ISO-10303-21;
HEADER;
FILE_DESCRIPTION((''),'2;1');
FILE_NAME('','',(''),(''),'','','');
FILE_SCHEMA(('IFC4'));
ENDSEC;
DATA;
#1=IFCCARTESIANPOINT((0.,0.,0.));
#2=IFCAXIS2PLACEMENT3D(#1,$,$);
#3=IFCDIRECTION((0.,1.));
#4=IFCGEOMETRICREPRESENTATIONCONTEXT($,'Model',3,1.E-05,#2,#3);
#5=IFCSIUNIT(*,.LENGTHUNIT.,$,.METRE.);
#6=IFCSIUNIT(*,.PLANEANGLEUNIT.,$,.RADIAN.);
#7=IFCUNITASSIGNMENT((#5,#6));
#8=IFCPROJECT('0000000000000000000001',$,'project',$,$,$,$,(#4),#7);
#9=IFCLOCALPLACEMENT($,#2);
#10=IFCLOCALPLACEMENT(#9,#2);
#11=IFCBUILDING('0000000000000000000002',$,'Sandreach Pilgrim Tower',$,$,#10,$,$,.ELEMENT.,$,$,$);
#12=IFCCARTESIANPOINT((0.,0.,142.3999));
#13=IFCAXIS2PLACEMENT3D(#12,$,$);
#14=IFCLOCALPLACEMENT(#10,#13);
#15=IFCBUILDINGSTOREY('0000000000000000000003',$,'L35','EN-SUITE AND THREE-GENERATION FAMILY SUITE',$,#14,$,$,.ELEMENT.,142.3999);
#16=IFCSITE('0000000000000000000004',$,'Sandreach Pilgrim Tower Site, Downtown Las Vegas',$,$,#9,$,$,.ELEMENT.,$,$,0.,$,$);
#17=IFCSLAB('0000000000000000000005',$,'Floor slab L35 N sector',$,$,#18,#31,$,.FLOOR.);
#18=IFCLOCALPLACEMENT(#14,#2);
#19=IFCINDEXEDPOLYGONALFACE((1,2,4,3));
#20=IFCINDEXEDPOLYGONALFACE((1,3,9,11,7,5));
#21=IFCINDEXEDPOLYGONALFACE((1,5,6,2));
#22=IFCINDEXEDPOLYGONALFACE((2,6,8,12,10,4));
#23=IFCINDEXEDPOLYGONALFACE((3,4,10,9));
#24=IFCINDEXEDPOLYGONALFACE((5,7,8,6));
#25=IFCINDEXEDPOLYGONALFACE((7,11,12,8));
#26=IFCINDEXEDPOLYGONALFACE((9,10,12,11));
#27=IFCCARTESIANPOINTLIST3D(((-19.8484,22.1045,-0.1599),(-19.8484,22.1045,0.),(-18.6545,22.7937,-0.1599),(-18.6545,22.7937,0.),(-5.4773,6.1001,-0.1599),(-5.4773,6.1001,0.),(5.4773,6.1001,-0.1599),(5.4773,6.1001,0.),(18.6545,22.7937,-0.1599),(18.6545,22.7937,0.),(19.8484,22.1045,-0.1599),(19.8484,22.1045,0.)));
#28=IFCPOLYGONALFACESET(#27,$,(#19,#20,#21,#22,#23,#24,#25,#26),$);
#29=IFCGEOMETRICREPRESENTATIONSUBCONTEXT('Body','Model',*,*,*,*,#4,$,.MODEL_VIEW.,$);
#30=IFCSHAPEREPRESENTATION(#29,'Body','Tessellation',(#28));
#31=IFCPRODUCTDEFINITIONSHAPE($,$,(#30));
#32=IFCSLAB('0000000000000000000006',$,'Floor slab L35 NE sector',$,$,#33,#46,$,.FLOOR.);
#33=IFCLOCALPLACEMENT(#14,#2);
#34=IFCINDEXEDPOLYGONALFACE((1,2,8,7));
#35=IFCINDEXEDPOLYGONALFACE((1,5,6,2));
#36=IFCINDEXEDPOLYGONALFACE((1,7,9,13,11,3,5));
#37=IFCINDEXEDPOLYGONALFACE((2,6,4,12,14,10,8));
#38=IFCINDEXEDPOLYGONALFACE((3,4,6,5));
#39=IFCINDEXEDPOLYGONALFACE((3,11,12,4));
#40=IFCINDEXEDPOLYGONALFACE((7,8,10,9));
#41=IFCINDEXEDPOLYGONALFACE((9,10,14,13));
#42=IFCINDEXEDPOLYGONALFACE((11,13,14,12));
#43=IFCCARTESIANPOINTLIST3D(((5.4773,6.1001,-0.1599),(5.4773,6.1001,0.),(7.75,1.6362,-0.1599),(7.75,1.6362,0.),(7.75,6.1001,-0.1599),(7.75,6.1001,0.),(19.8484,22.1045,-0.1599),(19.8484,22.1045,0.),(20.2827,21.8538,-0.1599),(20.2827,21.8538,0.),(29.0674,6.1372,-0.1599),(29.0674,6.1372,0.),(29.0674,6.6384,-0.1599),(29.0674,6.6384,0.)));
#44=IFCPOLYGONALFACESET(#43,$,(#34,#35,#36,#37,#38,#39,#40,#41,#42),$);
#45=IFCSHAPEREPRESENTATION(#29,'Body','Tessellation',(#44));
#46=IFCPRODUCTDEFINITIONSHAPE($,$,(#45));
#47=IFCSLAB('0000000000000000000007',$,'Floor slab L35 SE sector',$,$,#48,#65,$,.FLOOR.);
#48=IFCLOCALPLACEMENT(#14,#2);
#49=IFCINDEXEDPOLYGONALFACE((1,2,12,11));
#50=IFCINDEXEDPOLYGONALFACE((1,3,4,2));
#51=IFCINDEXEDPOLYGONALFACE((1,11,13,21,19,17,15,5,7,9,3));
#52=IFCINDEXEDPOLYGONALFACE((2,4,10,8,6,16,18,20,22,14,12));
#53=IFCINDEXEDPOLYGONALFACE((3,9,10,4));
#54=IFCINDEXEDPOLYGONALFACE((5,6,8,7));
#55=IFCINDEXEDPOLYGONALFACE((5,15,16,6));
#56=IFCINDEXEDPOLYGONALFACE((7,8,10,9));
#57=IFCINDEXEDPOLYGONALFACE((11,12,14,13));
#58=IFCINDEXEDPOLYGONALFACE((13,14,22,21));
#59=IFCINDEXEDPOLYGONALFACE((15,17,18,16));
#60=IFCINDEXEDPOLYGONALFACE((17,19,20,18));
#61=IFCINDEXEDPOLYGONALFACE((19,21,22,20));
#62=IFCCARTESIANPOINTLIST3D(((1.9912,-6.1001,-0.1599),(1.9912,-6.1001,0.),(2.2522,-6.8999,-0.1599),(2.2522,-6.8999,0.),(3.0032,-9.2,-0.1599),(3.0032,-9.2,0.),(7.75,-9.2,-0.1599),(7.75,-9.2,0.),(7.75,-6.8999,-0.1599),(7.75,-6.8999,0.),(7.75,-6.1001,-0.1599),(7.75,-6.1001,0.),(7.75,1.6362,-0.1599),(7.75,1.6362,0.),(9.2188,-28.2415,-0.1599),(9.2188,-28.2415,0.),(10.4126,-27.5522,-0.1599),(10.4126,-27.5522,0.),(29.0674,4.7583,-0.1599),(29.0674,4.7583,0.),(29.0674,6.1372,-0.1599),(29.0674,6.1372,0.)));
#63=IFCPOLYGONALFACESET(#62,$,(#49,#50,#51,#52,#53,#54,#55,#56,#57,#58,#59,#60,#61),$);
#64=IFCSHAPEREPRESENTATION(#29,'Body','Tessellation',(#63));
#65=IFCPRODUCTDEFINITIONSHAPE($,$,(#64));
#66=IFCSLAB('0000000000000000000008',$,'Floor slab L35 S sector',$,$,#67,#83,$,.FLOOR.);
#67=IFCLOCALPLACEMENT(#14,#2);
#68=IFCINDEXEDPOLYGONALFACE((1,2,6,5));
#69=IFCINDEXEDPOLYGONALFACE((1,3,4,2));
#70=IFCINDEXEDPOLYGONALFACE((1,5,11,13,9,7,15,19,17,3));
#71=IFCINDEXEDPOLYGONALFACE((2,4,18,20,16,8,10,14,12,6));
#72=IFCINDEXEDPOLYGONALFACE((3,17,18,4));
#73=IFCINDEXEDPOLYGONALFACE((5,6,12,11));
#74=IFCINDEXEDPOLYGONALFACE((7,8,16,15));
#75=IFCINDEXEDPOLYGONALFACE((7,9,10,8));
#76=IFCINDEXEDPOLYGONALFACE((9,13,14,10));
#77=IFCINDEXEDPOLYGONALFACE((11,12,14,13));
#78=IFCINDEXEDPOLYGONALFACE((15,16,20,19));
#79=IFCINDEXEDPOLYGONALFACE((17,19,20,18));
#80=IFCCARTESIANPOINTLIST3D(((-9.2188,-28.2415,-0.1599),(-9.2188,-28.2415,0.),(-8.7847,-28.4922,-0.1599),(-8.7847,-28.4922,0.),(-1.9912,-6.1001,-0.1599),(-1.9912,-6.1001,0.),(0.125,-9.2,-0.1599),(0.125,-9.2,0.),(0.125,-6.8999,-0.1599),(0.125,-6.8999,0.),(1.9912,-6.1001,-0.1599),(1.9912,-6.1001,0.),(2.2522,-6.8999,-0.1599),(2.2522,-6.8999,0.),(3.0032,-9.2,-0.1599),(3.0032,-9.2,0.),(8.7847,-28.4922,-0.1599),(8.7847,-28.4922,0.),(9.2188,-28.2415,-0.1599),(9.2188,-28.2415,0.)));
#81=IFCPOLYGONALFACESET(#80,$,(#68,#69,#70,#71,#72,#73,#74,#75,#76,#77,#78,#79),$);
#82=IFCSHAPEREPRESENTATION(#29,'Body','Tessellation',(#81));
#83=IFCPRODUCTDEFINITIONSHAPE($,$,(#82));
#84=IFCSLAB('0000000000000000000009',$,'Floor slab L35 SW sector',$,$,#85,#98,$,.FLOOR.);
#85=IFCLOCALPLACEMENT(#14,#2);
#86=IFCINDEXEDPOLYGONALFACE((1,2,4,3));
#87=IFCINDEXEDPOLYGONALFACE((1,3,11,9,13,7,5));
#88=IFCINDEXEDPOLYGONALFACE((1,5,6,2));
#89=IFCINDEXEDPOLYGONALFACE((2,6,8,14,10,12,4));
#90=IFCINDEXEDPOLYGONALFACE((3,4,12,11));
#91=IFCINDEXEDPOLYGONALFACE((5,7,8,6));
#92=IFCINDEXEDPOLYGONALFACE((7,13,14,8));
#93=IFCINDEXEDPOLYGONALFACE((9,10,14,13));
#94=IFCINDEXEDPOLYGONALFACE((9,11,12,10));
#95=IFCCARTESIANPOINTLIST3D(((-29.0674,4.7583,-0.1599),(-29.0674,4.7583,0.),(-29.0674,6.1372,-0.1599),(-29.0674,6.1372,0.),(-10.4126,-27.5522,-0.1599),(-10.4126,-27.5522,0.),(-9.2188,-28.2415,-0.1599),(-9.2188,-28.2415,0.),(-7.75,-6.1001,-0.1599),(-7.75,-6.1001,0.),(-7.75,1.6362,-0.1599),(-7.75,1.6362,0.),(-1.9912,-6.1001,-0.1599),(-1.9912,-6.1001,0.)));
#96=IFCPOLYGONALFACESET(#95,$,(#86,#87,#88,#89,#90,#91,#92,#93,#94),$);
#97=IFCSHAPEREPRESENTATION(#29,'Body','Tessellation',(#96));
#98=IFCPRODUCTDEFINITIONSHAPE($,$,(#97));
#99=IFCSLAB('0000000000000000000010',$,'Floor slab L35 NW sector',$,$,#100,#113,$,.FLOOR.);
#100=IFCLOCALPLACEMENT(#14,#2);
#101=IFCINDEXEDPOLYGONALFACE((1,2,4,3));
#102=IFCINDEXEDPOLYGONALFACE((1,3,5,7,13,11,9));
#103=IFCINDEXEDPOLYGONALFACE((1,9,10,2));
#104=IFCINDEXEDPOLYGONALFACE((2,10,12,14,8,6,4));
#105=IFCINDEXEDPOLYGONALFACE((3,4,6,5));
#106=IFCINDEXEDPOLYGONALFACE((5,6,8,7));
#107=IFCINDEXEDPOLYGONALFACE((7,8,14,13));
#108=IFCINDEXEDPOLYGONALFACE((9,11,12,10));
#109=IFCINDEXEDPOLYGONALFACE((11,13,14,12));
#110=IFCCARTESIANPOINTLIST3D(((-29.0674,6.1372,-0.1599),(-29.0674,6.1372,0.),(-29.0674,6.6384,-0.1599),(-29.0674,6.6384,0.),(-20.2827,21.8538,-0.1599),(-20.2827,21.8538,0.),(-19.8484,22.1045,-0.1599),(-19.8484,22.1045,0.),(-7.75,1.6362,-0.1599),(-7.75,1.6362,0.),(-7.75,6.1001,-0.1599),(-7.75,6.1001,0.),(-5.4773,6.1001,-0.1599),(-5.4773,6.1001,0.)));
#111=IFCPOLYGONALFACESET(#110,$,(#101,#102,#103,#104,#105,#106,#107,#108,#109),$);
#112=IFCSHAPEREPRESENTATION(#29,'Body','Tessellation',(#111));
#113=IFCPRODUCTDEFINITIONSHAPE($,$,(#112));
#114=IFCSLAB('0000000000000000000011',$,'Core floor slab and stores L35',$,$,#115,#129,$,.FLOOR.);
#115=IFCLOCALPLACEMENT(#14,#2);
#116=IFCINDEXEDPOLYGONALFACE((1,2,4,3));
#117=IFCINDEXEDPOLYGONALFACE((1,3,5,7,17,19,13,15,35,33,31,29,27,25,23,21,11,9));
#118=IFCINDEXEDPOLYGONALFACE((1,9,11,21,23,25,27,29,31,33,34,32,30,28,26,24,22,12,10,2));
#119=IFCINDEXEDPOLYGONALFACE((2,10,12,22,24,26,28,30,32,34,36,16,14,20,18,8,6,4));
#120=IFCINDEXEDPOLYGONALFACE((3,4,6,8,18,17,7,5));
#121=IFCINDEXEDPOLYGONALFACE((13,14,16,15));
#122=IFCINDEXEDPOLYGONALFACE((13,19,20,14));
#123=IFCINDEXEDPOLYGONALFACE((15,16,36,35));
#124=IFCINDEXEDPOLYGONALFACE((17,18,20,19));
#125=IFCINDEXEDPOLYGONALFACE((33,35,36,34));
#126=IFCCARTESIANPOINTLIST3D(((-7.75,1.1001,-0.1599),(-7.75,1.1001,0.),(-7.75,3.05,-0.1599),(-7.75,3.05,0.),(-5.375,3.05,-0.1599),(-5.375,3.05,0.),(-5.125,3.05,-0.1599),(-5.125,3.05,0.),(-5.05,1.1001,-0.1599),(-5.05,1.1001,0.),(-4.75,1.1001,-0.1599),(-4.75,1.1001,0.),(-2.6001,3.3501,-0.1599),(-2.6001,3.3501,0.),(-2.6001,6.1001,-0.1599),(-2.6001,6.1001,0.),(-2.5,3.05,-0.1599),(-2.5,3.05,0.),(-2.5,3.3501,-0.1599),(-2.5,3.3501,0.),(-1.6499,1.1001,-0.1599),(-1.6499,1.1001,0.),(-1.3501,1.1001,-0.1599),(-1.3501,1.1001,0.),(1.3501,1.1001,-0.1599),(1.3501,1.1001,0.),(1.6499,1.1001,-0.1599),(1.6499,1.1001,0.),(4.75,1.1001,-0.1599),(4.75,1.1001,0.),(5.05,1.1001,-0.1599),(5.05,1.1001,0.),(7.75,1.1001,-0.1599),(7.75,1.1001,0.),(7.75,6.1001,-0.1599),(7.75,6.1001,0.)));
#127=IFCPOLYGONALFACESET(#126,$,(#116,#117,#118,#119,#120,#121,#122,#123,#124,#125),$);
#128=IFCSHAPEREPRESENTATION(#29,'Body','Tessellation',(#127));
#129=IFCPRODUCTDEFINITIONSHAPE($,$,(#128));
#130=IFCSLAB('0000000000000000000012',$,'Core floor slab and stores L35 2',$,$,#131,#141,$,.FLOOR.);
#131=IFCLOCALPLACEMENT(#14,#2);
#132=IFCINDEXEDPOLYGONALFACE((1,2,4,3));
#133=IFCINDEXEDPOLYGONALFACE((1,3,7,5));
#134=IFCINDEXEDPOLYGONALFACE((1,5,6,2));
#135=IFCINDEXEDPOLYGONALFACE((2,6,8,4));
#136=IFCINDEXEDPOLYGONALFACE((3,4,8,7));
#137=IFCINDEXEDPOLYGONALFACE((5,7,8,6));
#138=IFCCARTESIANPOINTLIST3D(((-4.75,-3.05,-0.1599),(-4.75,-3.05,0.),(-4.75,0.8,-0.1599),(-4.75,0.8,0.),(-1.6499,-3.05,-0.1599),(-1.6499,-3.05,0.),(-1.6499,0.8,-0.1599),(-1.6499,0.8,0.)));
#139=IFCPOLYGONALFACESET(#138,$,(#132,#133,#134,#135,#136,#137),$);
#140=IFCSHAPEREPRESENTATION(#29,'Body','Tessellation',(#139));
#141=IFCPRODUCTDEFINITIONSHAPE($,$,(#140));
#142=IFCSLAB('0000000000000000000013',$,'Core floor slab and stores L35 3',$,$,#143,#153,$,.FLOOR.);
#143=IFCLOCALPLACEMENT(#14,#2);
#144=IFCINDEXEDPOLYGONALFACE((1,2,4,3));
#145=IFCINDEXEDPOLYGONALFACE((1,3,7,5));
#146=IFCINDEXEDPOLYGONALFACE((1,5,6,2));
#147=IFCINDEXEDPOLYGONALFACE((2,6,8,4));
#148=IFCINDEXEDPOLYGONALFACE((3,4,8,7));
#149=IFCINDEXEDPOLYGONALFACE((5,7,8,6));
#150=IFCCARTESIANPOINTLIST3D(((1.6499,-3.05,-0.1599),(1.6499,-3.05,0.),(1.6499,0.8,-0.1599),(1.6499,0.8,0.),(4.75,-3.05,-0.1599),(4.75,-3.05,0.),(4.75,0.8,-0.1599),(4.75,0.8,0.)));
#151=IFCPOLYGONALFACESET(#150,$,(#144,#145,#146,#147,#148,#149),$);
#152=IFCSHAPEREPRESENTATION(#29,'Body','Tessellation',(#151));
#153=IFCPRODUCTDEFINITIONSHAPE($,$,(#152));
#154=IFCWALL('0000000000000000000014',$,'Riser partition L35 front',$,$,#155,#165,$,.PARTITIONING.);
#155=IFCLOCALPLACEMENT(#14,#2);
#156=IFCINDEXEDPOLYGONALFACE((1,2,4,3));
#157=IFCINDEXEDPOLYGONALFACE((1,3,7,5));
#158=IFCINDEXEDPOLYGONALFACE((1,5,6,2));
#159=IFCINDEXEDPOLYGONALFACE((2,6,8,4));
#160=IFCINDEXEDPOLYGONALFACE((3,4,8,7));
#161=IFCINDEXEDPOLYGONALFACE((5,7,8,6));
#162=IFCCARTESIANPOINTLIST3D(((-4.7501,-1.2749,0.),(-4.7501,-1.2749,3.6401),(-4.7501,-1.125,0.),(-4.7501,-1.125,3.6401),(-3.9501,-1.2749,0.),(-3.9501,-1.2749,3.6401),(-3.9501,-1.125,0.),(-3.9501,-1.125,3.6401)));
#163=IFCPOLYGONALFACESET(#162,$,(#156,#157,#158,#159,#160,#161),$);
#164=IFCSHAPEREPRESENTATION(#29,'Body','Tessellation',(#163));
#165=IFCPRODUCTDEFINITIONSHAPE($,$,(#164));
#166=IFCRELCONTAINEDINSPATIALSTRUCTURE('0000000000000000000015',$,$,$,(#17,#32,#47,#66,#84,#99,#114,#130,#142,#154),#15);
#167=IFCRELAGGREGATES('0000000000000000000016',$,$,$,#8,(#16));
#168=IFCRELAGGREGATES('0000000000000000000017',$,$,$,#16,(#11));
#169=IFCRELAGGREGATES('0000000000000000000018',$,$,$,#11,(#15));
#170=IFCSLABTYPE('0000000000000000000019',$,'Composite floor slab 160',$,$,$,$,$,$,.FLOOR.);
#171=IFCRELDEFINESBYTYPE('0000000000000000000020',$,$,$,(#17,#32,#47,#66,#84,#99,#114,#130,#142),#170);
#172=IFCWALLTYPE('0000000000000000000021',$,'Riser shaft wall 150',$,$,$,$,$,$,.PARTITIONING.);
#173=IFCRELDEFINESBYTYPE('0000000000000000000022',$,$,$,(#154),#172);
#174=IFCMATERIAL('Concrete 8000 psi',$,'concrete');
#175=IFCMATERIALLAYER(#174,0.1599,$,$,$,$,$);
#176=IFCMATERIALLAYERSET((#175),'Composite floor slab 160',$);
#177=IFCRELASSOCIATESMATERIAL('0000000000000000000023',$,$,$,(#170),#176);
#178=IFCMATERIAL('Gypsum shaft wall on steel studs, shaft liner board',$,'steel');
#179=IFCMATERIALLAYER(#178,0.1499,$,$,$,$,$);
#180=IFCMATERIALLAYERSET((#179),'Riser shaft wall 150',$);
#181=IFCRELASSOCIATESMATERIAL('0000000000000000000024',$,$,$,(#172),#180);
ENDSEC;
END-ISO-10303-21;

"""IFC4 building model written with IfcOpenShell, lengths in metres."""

from ifc_helpers import new_model, si_unit, direction, frame, frame_2d, origin, place, context, subcontext, project, spatial, polyline, rectangle, outline, extrude, material, layer, layer_set, type_object, element, save


model = new_model("IFC4")

# Units and contexts
model_context = context("Model", 3, precision=1e-05, world=origin(), true_north=direction((0.0, 1.0)))
body_context = subcontext(model_context, "Body", "Model", "MODEL_VIEW")
ifc_project = project(units=[si_unit("LENGTHUNIT", "METRE"), si_unit("PLANEANGLEUNIT", "RADIAN")], contexts=[model_context])

# Site, building, storey
site_placement = place(None, origin())
site = spatial("IfcSite", under=ifc_project, at=site_placement, Name="Sandreach Pilgrim Tower Site, Downtown Las Vegas", CompositionType="ELEMENT", RefElevation=0.0)
building_placement = place(site_placement, origin())
building = spatial("IfcBuilding", under=site, at=building_placement, Name="Sandreach Pilgrim Tower", CompositionType="ELEMENT")
storey_placement = place(building_placement, frame((0.0, 0.0, 142.3999)))
storey = spatial("IfcBuildingStorey", under=building, at=storey_placement, Name="L35", Description="EN-SUITE AND THREE-GENERATION FAMILY SUITE", CompositionType="ELEMENT", Elevation=142.3999)

# Slabs
ifc_material_1 = material(Name="Concrete 8000 psi", Category="concrete")
ifc_layer_1 = layer(ifc_material_1, 0.1599)
ifc_layer_set_1 = layer_set([ifc_layer_1], Name="Composite floor slab 160")
slab_type = type_object("IfcSlabType", Name="Composite floor slab 160", PredefinedType="FLOOR", material=ifc_layer_set_1)
slab_1_placement = place(storey_placement, frame((0.0, 0.0, -0.1599)))
element("IfcSlab", 1, at=slab_1_placement, inside=storey, type_object=slab_type, Name="Floor slab L35 N sector", PredefinedType="FLOOR", context=body_context, shape_type="SweptSolid", body=[
    extrude(outline(polyline([(-18.6545, 22.7937), (18.6545, 22.7937), (19.8484, 22.1045), (5.4773, 6.1001), (-5.4773, 6.1001), (-19.8484, 22.1045), (-18.6545, 22.7937)])), origin(), (0.0, 0.0, 1.0), 0.1599),
])
slab_2_placement = place(storey_placement, frame((0.0, 0.0, -0.1599)))
element("IfcSlab", 2, at=slab_2_placement, inside=storey, type_object=slab_type, Name="Floor slab L35 NE sector", PredefinedType="FLOOR", context=body_context, shape_type="SweptSolid", body=[
    extrude(outline(polyline([(20.2827, 21.8538), (29.0674, 6.6384), (29.0674, 6.1372), (7.75, 1.6362), (7.75, 6.1001), (5.4773, 6.1001), (19.8484, 22.1045), (20.2827, 21.8538)])), origin(), (0.0, 0.0, 1.0), 0.1599),
])
slab_3_placement = place(storey_placement, frame((0.0, 0.0, -0.1599)))
element("IfcSlab", 3, at=slab_3_placement, inside=storey, type_object=slab_type, Name="Floor slab L35 SE sector", PredefinedType="FLOOR", context=body_context, shape_type="SweptSolid", body=[
    extrude(outline(polyline([(29.0674, 4.7583), (10.4126, -27.5522), (9.2188, -28.2415), (3.0032, -9.2), (7.75, -9.2), (7.75, -6.8999), (2.2522, -6.8999), (1.9912, -6.1001), (7.75, -6.1001), (7.75, 1.6362), (29.0674, 6.1372), (29.0674, 4.7583)])), origin(), (0.0, 0.0, 1.0), 0.1599),
])
slab_4_placement = place(storey_placement, frame((0.0, 0.0, -0.1599)))
element("IfcSlab", 4, at=slab_4_placement, inside=storey, type_object=slab_type, Name="Floor slab L35 S sector", PredefinedType="FLOOR", context=body_context, shape_type="SweptSolid", body=[
    extrude(outline(polyline([(8.7847, -28.4922), (-8.7847, -28.4922), (-9.2188, -28.2415), (-1.9912, -6.1001), (1.9912, -6.1001), (2.2522, -6.8999), (0.125, -6.8999), (0.125, -9.2), (3.0032, -9.2), (9.2188, -28.2415), (8.7847, -28.4922)])), origin(), (0.0, 0.0, 1.0), 0.1599),
])
slab_5_placement = place(storey_placement, frame((0.0, 0.0, -0.1599)))
element("IfcSlab", 5, at=slab_5_placement, inside=storey, type_object=slab_type, Name="Floor slab L35 SW sector", PredefinedType="FLOOR", context=body_context, shape_type="SweptSolid", body=[
    extrude(outline(polyline([(-10.4126, -27.5522), (-29.0674, 4.7583), (-29.0674, 6.1372), (-7.75, 1.6362), (-7.75, -6.1001), (-1.9912, -6.1001), (-9.2188, -28.2415), (-10.4126, -27.5522)])), origin(), (0.0, 0.0, 1.0), 0.1599),
])
slab_6_placement = place(storey_placement, frame((0.0, 0.0, -0.1599)))
element("IfcSlab", 6, at=slab_6_placement, inside=storey, type_object=slab_type, Name="Floor slab L35 NW sector", PredefinedType="FLOOR", context=body_context, shape_type="SweptSolid", body=[
    extrude(outline(polyline([(-29.0674, 6.6384), (-20.2827, 21.8538), (-19.8484, 22.1045), (-5.4773, 6.1001), (-7.75, 6.1001), (-7.75, 1.6362), (-29.0674, 6.1372), (-29.0674, 6.6384)])), origin(), (0.0, 0.0, 1.0), 0.1599),
])
slab_7_placement = place(storey_placement, frame((0.0, 0.0, -0.1599)))
element("IfcSlab", 7, at=slab_7_placement, inside=storey, type_object=slab_type, Name="Core floor slab and stores L35", PredefinedType="FLOOR", context=body_context, shape_type="SweptSolid", body=[
    extrude(outline(polyline([(-7.75, 3.05), (-5.375, 3.05), (-5.125, 3.05), (-2.5, 3.05), (-2.5, 3.3501), (-2.6001, 3.3501), (-2.6001, 6.1001), (7.75, 6.1001), (7.75, 1.1001), (5.05, 1.1001), (4.75, 1.1001), (1.6499, 1.1001), (1.3501, 1.1001), (-1.3501, 1.1001), (-1.6499, 1.1001), (-4.75, 1.1001), (-5.05, 1.1001), (-7.75, 1.1001), (-7.75, 3.05)])), origin(), (0.0, 0.0, 1.0), 0.1599),
])
slab_8_placement = place(storey_placement, frame((0.0, 0.0, -0.1599)))
element("IfcSlab", 8, at=slab_8_placement, inside=storey, type_object=slab_type, Name="Core floor slab and stores L35 2", PredefinedType="FLOOR", context=body_context, shape_type="SweptSolid", body=[
    extrude(outline(polyline([(-1.6499, -3.05), (-4.75, -3.05), (-4.75, 0.8), (-1.6499, 0.8), (-1.6499, -3.05)])), origin(), (0.0, 0.0, 1.0), 0.1599),
])
slab_9_placement = place(storey_placement, frame((0.0, 0.0, -0.1599)))
element("IfcSlab", 9, at=slab_9_placement, inside=storey, type_object=slab_type, Name="Core floor slab and stores L35 3", PredefinedType="FLOOR", context=body_context, shape_type="SweptSolid", body=[
    extrude(outline(polyline([(4.75, -3.05), (1.6499, -3.05), (1.6499, 0.8), (4.75, 0.8), (4.75, -3.05)])), origin(), (0.0, 0.0, 1.0), 0.1599),
])

# Wall
ifc_material_2 = material(Name="Gypsum shaft wall on steel studs, shaft liner board", Category="steel")
ifc_layer_2 = layer(ifc_material_2, 0.1499)
ifc_layer_set_2 = layer_set([ifc_layer_2], Name="Riser shaft wall 150")
wall_type = type_object("IfcWallType", Name="Riser shaft wall 150", PredefinedType="PARTITIONING", material=ifc_layer_set_2)
wall_placement = place(storey_placement, frame((-4.75, -1.2, 0.0), z_axis=(0.0, 0.0, 1.0), x_axis=(1.0, 0.0, 0.0)))
element("IfcWall", 10, at=wall_placement, inside=storey, type_object=wall_type, Name="Riser partition L35 front", PredefinedType="PARTITIONING", context=body_context, shape_type="SweptSolid", body=[
    extrude(rectangle(XDim=0.8, YDim=0.1499, at=frame_2d((0.3999, 0.0))), origin(), (0.0, 0.0, 1.0), 3.6401),
])

save(model, "model.ifc")
